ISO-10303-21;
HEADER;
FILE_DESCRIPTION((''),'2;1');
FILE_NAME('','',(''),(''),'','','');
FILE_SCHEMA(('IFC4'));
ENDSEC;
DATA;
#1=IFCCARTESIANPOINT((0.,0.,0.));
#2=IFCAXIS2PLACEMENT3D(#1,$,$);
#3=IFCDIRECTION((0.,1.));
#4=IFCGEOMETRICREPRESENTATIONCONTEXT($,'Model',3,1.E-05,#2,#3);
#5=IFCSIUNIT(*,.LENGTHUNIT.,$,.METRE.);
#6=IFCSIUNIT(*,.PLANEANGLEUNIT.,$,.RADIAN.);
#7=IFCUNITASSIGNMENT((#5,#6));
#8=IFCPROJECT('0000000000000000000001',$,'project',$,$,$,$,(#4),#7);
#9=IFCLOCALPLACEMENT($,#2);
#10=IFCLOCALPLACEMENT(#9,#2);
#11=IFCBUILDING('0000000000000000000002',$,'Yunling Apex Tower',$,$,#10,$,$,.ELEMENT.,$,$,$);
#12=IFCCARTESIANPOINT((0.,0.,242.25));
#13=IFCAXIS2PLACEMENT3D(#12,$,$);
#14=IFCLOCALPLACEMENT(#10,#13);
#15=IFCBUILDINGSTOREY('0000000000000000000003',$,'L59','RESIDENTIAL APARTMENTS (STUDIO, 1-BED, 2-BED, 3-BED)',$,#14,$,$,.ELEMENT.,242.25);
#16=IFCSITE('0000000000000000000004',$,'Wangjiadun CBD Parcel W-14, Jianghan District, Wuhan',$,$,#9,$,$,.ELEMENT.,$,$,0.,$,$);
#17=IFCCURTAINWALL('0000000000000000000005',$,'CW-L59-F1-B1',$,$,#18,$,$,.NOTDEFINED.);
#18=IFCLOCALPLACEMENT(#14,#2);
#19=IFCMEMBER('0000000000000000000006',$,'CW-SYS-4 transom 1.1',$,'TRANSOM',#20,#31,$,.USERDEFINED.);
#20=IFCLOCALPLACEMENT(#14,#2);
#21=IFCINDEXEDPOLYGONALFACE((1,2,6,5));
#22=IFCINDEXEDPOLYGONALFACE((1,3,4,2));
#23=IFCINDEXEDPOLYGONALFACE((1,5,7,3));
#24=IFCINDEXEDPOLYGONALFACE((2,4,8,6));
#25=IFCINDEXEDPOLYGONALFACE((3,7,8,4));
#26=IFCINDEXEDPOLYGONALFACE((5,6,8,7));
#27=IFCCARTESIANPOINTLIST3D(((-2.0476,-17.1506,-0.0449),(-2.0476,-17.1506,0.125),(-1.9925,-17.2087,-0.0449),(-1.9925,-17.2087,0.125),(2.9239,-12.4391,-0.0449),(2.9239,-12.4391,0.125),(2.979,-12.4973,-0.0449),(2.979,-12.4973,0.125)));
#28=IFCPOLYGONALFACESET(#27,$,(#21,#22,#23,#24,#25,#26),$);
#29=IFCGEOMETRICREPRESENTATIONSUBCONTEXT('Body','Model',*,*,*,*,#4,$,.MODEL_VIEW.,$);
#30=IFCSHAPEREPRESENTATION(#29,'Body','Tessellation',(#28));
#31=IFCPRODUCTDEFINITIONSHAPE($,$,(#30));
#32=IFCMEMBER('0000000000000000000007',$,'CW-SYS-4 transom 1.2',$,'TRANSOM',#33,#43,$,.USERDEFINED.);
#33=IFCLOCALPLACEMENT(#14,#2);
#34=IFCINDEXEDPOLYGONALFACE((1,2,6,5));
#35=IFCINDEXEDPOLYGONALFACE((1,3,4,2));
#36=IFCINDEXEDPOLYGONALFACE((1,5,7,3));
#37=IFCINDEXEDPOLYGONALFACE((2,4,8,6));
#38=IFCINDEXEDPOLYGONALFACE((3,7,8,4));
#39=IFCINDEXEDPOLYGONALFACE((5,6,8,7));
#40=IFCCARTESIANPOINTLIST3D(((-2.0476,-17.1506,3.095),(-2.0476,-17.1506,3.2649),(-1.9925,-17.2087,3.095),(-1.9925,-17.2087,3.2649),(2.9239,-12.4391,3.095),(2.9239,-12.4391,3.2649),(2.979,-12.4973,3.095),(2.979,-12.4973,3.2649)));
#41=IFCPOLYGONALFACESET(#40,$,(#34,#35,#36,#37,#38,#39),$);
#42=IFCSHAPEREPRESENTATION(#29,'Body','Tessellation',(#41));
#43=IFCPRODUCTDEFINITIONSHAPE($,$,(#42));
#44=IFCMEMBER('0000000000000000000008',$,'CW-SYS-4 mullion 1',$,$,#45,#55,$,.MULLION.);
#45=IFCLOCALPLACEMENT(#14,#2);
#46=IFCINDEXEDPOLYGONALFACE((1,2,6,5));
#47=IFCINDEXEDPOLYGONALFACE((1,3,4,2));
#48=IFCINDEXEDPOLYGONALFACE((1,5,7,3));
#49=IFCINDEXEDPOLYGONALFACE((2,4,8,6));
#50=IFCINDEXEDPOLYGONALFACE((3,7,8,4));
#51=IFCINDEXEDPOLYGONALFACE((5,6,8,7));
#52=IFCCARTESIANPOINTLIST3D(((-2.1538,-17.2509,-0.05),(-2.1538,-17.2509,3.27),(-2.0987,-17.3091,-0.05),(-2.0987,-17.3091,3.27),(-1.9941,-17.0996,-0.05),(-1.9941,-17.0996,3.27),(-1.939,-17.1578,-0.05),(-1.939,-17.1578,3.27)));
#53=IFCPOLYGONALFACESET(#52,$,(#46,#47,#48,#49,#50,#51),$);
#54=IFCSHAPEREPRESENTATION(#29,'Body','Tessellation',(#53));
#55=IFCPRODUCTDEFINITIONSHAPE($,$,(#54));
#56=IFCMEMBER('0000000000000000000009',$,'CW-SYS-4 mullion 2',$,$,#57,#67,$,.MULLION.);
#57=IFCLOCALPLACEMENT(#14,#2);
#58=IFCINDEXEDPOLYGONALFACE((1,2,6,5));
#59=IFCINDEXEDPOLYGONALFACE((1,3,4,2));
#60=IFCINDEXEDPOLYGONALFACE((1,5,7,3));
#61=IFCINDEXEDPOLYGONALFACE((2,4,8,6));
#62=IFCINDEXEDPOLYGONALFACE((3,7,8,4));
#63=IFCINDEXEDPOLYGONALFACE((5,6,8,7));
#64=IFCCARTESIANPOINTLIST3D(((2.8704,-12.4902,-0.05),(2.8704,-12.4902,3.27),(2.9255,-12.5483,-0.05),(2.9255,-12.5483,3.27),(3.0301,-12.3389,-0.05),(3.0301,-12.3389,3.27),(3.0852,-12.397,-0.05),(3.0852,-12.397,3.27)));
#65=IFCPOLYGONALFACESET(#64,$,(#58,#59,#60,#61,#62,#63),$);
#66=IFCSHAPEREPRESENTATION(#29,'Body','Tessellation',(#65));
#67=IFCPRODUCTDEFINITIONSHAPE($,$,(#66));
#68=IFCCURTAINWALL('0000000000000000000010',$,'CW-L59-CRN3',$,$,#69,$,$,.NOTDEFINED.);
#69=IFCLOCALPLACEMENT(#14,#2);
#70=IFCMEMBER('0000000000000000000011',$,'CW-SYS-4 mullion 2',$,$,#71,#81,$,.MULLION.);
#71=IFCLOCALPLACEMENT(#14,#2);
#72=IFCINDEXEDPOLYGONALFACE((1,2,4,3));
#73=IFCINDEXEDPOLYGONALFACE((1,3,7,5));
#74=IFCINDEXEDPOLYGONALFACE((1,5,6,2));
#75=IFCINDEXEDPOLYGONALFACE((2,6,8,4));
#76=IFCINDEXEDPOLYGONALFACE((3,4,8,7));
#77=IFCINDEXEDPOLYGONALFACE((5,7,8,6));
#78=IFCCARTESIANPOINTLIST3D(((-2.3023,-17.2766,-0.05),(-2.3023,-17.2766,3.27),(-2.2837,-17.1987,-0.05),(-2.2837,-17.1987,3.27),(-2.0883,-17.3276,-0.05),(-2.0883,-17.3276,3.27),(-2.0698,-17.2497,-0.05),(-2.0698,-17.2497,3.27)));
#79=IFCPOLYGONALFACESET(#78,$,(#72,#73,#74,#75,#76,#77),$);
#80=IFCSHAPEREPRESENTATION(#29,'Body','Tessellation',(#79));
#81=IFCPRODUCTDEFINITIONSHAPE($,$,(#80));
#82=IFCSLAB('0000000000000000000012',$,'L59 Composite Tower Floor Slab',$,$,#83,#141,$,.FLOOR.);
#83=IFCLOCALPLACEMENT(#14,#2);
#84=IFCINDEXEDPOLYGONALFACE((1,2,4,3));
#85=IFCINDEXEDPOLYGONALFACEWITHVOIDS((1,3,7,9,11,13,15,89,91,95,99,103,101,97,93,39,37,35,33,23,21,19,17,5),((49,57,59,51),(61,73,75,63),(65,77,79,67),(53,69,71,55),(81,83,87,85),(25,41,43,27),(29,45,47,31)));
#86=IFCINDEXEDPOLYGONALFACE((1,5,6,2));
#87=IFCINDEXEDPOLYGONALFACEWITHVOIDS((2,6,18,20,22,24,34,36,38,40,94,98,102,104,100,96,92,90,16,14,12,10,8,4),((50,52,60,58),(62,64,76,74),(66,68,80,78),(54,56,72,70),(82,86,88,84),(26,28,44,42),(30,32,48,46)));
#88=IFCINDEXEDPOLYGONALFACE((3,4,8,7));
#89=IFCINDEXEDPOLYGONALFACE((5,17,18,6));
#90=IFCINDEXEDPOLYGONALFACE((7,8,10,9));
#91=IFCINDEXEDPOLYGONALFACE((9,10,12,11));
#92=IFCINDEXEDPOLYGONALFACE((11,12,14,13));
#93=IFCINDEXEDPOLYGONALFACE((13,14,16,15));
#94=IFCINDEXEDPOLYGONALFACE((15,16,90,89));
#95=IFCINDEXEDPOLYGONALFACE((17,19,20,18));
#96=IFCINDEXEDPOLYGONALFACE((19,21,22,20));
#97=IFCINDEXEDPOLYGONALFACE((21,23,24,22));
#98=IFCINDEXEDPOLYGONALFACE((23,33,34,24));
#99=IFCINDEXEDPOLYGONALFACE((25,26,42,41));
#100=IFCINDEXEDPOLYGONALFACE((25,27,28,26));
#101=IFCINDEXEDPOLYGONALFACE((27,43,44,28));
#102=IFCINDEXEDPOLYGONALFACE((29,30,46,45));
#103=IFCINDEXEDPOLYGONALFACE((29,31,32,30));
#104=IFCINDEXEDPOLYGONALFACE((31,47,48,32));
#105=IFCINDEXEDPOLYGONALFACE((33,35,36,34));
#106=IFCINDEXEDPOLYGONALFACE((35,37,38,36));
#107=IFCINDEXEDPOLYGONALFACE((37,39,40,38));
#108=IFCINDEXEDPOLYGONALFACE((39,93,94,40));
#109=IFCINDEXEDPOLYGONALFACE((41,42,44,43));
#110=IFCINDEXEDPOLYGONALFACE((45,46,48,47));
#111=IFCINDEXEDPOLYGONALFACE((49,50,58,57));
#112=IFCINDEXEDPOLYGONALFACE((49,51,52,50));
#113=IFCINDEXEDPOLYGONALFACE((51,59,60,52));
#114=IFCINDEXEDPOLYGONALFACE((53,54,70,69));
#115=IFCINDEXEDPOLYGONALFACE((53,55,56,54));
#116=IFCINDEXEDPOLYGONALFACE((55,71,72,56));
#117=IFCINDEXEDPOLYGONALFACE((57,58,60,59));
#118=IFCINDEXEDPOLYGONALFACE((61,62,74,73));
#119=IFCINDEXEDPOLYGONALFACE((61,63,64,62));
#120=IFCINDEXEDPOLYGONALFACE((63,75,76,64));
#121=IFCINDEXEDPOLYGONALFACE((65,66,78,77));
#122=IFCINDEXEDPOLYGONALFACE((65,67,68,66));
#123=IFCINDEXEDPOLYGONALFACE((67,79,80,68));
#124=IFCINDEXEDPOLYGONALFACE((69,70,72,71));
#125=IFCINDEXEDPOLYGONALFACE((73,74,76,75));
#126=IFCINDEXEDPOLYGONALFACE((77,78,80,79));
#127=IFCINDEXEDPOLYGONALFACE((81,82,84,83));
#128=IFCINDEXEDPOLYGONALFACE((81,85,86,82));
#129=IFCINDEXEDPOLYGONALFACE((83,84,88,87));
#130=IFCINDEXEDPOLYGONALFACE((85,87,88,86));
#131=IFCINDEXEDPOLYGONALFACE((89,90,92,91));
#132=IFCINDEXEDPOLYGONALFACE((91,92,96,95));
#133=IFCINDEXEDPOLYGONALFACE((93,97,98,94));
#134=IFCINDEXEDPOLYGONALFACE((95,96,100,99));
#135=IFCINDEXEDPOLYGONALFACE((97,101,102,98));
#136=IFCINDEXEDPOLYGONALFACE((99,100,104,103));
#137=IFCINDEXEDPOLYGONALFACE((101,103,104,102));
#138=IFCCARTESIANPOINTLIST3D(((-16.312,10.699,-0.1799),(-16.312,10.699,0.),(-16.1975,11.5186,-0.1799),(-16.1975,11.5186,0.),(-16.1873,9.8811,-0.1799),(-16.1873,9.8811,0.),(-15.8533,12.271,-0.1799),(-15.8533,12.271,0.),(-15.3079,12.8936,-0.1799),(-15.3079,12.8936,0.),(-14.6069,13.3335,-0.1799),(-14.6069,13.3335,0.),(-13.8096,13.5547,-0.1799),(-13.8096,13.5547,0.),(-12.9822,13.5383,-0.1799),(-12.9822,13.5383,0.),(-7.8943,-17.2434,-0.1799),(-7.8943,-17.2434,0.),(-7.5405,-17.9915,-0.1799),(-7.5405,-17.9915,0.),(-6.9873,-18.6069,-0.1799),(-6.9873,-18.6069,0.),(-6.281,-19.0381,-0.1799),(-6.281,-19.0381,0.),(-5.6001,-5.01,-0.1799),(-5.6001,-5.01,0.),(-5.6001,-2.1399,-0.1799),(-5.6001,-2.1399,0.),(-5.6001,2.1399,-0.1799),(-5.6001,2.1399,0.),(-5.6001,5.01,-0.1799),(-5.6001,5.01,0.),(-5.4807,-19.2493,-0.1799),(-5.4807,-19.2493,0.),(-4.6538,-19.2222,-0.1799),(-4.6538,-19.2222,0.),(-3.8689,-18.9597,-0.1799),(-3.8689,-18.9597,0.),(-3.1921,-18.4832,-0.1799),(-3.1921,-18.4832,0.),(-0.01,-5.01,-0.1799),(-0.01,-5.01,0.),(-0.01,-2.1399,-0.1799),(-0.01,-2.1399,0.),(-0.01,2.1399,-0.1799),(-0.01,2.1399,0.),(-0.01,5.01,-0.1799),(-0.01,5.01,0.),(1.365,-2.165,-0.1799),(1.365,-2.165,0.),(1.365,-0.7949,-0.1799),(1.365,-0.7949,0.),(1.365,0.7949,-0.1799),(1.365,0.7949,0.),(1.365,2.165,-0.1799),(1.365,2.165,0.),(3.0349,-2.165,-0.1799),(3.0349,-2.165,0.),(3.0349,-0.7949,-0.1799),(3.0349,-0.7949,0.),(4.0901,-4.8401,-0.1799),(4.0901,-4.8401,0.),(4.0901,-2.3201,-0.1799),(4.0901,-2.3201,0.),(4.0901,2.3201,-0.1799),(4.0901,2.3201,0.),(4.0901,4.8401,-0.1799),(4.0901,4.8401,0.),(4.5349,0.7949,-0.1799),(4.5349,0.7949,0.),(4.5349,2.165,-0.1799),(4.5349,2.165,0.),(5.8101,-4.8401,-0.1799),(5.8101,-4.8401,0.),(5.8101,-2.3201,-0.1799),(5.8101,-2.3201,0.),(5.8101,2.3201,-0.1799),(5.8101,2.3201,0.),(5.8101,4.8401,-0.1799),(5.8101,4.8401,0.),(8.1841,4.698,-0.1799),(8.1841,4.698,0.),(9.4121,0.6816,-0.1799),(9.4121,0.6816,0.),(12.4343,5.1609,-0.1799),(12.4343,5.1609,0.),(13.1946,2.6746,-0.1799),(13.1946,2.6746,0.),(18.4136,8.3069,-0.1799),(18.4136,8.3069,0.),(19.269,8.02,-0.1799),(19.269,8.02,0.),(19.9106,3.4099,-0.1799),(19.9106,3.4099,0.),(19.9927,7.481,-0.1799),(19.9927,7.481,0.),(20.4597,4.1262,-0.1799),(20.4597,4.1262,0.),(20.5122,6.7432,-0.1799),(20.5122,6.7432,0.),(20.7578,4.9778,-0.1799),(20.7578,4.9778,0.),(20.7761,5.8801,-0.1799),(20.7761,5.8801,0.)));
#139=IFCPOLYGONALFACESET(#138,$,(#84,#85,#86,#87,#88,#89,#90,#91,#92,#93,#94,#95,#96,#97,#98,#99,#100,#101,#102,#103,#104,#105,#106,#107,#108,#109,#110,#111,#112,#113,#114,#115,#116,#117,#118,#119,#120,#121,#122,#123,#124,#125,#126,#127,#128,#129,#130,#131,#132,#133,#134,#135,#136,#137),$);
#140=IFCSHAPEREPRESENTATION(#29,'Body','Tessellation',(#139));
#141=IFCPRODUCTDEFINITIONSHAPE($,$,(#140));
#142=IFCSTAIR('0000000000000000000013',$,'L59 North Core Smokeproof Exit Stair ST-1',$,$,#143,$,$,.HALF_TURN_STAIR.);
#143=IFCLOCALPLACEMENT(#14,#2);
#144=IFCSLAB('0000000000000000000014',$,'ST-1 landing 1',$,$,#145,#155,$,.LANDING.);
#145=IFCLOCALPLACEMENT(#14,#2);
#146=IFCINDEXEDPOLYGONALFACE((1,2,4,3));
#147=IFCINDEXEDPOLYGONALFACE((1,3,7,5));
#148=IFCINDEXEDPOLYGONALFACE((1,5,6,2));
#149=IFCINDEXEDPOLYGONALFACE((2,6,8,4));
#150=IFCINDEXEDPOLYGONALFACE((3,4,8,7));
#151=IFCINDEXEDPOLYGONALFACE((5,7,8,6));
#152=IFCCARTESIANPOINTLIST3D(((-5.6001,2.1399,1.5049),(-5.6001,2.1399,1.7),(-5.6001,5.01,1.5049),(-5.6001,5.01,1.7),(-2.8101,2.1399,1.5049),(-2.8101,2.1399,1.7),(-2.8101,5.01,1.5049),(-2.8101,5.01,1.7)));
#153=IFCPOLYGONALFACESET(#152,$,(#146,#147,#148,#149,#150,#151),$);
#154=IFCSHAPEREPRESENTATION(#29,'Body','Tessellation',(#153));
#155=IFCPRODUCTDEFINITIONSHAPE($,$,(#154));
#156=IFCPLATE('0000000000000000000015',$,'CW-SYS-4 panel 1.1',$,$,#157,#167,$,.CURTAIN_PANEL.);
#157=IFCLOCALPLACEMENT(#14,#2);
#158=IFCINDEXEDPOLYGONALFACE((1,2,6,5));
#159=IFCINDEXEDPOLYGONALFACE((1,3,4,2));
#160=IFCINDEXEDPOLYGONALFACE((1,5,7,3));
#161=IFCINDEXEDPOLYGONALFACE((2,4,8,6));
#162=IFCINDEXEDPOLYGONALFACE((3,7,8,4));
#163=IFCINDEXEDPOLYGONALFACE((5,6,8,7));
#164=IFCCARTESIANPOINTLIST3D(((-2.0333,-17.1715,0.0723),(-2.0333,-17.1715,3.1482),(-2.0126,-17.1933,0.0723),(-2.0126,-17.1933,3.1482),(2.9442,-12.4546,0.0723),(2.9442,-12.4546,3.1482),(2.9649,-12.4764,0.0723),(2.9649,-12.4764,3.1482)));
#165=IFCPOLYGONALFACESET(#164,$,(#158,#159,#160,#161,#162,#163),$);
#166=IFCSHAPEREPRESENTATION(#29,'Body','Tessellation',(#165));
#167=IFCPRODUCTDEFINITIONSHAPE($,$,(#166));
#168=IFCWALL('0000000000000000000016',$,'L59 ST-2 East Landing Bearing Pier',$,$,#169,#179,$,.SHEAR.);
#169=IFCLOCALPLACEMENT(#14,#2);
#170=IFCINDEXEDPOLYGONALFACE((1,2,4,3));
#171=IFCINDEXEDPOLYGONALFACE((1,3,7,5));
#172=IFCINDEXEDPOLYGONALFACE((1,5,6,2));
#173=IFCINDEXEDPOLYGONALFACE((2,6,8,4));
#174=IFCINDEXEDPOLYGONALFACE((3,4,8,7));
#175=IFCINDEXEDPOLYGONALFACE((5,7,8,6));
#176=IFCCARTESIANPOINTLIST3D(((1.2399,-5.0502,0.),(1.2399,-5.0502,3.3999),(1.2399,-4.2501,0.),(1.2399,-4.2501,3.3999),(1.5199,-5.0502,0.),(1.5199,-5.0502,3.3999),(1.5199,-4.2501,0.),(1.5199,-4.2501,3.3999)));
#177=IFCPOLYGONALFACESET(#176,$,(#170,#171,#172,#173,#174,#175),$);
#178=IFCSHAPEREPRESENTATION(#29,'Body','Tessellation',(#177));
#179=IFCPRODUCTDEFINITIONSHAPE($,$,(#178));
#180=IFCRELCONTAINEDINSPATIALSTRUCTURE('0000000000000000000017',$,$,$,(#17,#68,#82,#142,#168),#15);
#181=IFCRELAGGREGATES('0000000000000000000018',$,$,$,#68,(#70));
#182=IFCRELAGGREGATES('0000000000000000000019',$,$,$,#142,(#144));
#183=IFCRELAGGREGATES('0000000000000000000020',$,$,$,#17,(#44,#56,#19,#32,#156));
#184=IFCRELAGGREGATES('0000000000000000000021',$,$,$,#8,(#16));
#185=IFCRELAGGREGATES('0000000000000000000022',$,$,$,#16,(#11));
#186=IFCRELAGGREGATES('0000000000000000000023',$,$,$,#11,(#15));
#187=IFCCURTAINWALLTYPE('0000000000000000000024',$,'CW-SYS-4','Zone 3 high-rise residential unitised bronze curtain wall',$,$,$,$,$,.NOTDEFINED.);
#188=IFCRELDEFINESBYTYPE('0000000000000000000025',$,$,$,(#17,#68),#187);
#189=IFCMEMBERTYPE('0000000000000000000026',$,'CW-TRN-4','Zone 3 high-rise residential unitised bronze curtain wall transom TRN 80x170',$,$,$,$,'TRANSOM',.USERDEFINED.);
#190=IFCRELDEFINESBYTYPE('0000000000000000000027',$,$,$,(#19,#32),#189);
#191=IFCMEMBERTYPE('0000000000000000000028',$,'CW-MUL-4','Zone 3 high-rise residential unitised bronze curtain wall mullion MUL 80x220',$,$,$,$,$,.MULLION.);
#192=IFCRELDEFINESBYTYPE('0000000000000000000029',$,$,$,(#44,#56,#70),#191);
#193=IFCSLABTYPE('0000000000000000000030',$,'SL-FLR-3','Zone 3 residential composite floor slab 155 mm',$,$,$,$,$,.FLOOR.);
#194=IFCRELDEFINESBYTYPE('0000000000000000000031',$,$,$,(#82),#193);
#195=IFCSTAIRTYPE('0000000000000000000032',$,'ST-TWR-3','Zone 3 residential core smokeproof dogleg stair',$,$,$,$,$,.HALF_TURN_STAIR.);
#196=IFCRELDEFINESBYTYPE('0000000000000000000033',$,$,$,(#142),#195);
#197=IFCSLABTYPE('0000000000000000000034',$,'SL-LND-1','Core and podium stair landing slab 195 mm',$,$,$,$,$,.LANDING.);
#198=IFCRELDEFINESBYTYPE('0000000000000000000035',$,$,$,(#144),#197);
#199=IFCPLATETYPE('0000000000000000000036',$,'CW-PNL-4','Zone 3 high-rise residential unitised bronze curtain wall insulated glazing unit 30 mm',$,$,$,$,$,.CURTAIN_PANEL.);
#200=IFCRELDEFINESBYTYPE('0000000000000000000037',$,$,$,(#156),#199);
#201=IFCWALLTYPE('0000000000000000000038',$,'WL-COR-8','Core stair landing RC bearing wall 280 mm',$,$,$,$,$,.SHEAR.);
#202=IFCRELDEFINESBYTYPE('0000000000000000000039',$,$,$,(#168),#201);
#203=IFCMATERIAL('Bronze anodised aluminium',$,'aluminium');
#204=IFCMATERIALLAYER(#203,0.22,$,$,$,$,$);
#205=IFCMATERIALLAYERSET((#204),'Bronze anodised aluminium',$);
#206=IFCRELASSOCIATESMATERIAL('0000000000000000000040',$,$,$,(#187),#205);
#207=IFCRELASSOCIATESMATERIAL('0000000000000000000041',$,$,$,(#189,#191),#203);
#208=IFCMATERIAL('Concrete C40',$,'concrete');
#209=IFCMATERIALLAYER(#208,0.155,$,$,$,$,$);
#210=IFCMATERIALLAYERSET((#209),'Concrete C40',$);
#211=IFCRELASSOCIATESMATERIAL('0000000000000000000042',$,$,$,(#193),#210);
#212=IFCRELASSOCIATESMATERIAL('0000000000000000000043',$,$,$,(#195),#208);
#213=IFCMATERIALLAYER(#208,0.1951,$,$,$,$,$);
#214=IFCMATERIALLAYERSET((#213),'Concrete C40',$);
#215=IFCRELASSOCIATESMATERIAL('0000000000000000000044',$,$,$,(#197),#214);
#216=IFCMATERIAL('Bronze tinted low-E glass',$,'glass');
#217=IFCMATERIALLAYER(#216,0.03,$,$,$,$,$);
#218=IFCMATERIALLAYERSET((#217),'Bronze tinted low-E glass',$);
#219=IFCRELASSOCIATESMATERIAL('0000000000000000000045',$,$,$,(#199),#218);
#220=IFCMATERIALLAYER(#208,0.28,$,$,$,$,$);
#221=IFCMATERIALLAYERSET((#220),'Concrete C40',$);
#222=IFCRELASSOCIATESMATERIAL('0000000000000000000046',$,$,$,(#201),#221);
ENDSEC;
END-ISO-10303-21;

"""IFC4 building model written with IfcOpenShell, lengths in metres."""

from ifc_helpers import new_model, si_unit, direction, frame, frame_2d, origin, origin_2d, place, context, subcontext, project, spatial, polyline, rectangle, outline, extrude, source, transform, mapped, material, layer, layer_set, material_profile, profile_set, type_object, element, aggregate, save


model = new_model("IFC4")

# Units and contexts
model_context = context("Model", 3, precision=1e-05, world=origin(), true_north=direction((0.0, 1.0)))
body_context = subcontext(model_context, "Body", "Model", "MODEL_VIEW")
ifc_project = project(units=[si_unit("LENGTHUNIT", "METRE"), si_unit("PLANEANGLEUNIT", "RADIAN")], contexts=[model_context])

# Site, building, storey
site_placement = place(None, origin())
site = spatial("IfcSite", under=ifc_project, at=site_placement, Name="Wangjiadun CBD Parcel W-14, Jianghan District, Wuhan", CompositionType="ELEMENT", RefElevation=0.0)
building_placement = place(site_placement, origin())
building = spatial("IfcBuilding", under=site, at=building_placement, Name="Yunling Apex Tower", CompositionType="ELEMENT")
storey_placement = place(building_placement, frame((0.0, 0.0, 242.25)))
storey = spatial("IfcBuildingStorey", under=building, at=storey_placement, Name="L59", Description="RESIDENTIAL APARTMENTS (STUDIO, 1-BED, 2-BED, 3-BED)", CompositionType="ELEMENT", Elevation=242.25)

# Curtain wall, members
ifc_material_1 = material(Name="Bronze anodised aluminium", Category="aluminium")
ifc_layer_1 = layer(ifc_material_1, 0.22)
ifc_layer_set_1 = layer_set([ifc_layer_1], Name="Bronze anodised aluminium")
curtain_wall_type = type_object("IfcCurtainWallType", Name="CW-SYS-4", Description="Zone 3 high-rise residential unitised bronze curtain wall", PredefinedType="NOTDEFINED", material=ifc_layer_set_1)
curtain_wall_1_placement = place(storey_placement, origin())
curtain_wall_1 = element("IfcCurtainWall", 1, at=curtain_wall_1_placement, inside=storey, type_object=curtain_wall_type, Name="CW-L59-F1-B1", PredefinedType="NOTDEFINED")
ifc_material_profile_1 = material_profile(ifc_material_1, rectangle(XDim=0.0801, YDim=0.1699, at=origin_2d()))
ifc_profile_set_1 = profile_set([ifc_material_profile_1], Name="Bronze anodised aluminium")
member_type_1 = type_object("IfcMemberType", Name="CW-TRN-4", Description="Zone 3 high-rise residential unitised bronze curtain wall transom TRN 80x170", ElementType="TRANSOM", PredefinedType="USERDEFINED", material=ifc_profile_set_1)
shared_shape_1 = source(origin(), body_context, "Body", "SweptSolid", [
    extrude(rectangle(XDim=0.0801, YDim=0.1699, at=origin_2d()), origin(), (0.0, 0.0, 1.0), 6.8494),
])
member_1_placement = place(storey_placement, frame((-2.02, -17.1797, 0.04), z_axis=(0.725833, 0.687871, 0.0), x_axis=(-0.687871, 0.725833, 0.0)))
member_1 = element("IfcMember", 2, at=member_1_placement, type_object=member_type_1, Name="CW-SYS-4 transom 1.1", ObjectType="TRANSOM", PredefinedType="USERDEFINED", context=body_context, shape_type="MappedRepresentation", body=[
    mapped(shared_shape_1, transform((0.0, 0.0, 0.0), scale=1.0)),
])
member_2_placement = place(storey_placement, frame((-2.02, -17.1797, 3.1799), z_axis=(0.725833, 0.687871, 0.0), x_axis=(-0.687871, 0.725833, 0.0)))
member_2 = element("IfcMember", 3, at=member_2_placement, type_object=member_type_1, Name="CW-SYS-4 transom 1.2", ObjectType="TRANSOM", PredefinedType="USERDEFINED", context=body_context, shape_type="MappedRepresentation", body=[
    mapped(shared_shape_1, transform((0.0, 0.0, 0.0), scale=1.0)),
])
ifc_material_profile_2 = material_profile(ifc_material_1, rectangle(XDim=0.0801, YDim=0.22, at=origin_2d()))
ifc_profile_set_2 = profile_set([ifc_material_profile_2], Name="Bronze anodised aluminium")
member_type_2 = type_object("IfcMemberType", Name="CW-MUL-4", Description="Zone 3 high-rise residential unitised bronze curtain wall mullion MUL 80x220", PredefinedType="MULLION", material=ifc_profile_set_2)
shared_shape_2 = source(origin(), body_context, "Body", "SweptSolid", [
    extrude(rectangle(XDim=0.0801, YDim=0.22, at=origin_2d()), origin(), (0.0, 0.0, 1.0), 3.3201),
])
member_3_placement = place(storey_placement, frame((-2.0464, -17.2043, -0.05), z_axis=(0.0, 0.0, 1.0), x_axis=(-0.687848, 0.725855, 0.0)))
member_3 = element("IfcMember", 4, at=member_3_placement, type_object=member_type_2, Name="CW-SYS-4 mullion 1", PredefinedType="MULLION", context=body_context, shape_type="MappedRepresentation", body=[
    mapped(shared_shape_2, transform((0.0, 0.0, 0.0), scale=1.0)),
])
member_4_placement = place(storey_placement, frame((2.9778, -12.4436, -0.05), z_axis=(0.0, 0.0, 1.0), x_axis=(-0.687848, 0.725855, 0.0)))
member_4 = element("IfcMember", 5, at=member_4_placement, type_object=member_type_2, Name="CW-SYS-4 mullion 2", PredefinedType="MULLION", context=body_context, shape_type="MappedRepresentation", body=[
    mapped(shared_shape_2, transform((0.0, 0.0, 0.0), scale=1.0)),
])

# Curtain wall, member
curtain_wall_2_placement = place(storey_placement, origin())
curtain_wall_2 = element("IfcCurtainWall", 6, at=curtain_wall_2_placement, inside=storey, type_object=curtain_wall_type, Name="CW-L59-CRN3", PredefinedType="NOTDEFINED")
member_5_placement = place(storey_placement, frame((-2.186, -17.2632, -0.05), z_axis=(0.0, 0.0, 1.0), x_axis=(0.231809, 0.972761, 0.0)))
member_5 = element("IfcMember", 7, at=member_5_placement, type_object=member_type_2, Name="CW-SYS-4 mullion 2", PredefinedType="MULLION", context=body_context, shape_type="MappedRepresentation", body=[
    mapped(shared_shape_2, transform((0.0, 0.0, 0.0), scale=1.0)),
])
aggregate(curtain_wall_2, [member_5])

# Slab
ifc_material_2 = material(Name="Concrete C40", Category="concrete")
ifc_layer_2 = layer(ifc_material_2, 0.155)
ifc_layer_set_2 = layer_set([ifc_layer_2], Name="Concrete C40")
slab_type_1 = type_object("IfcSlabType", Name="SL-FLR-3", Description="Zone 3 residential composite floor slab 155 mm", PredefinedType="FLOOR", material=ifc_layer_set_2)
slab_1_placement = place(storey_placement, frame((0.0, 0.0, -0.1799)))
element("IfcSlab", 8, at=slab_1_placement, inside=storey, type_object=slab_type_1, Name="L59 Composite Tower Floor Slab", PredefinedType="FLOOR", context=body_context, shape_type="SweptSolid", body=[
    extrude(outline(polyline([(-7.8943, -17.2434), (-7.5405, -17.9915), (-6.9873, -18.6069), (-6.281, -19.0381), (-5.4807, -19.2493), (-4.6538, -19.2222), (-3.8689, -18.9597), (-3.1921, -18.4832), (19.9106, 3.4099), (20.4597, 4.1262), (20.7578, 4.9778), (20.7761, 5.8801), (20.5122, 6.7432), (19.9927, 7.481), (19.269, 8.02), (18.4136, 8.3069), (-12.9822, 13.5383), (-13.8096, 13.5547), (-14.6069, 13.3335), (-15.3079, 12.8936), (-15.8533, 12.271), (-16.1975, 11.5186), (-16.312, 10.699), (-16.1873, 9.8811), (-7.8943, -17.2434)]), holes=[polyline([(8.1841, 4.698), (12.4343, 5.1609), (13.1946, 2.6746), (9.4121, 0.6816), (8.1841, 4.698)]), polyline([(4.0901, -2.3201), (5.8101, -2.3201), (5.8101, -4.8401), (4.0901, -4.8401), (4.0901, -2.3201)]), polyline([(4.0901, 4.8401), (5.8101, 4.8401), (5.8101, 2.3201), (4.0901, 2.3201), (4.0901, 4.8401)]), polyline([(1.365, 0.7949), (1.365, 2.165), (4.5349, 2.165), (4.5349, 0.7949), (1.365, 0.7949)]), polyline([(1.365, -0.7949), (3.0349, -0.7949), (3.0349, -2.165), (1.365, -2.165), (1.365, -0.7949)]), polyline([(-0.01, -5.01), (-5.6001, -5.01), (-5.6001, -2.1399), (-0.01, -2.1399), (-0.01, -5.01)]), polyline([(-0.01, 2.1399), (-5.6001, 2.1399), (-5.6001, 5.01), (-0.01, 5.01), (-0.01, 2.1399)])]), origin(), (0.0, 0.0, 1.0), 0.1799),
])

# Stair, slab
stair_type = type_object("IfcStairType", Name="ST-TWR-3", Description="Zone 3 residential core smokeproof dogleg stair", PredefinedType="HALF_TURN_STAIR", material=ifc_material_2)
stair_1_placement = place(storey_placement, origin())
stair_1 = element("IfcStair", 9, at=stair_1_placement, inside=storey, type_object=stair_type, Name="L59 North Core Smokeproof Exit Stair ST-1", PredefinedType="HALF_TURN_STAIR")
ifc_layer_3 = layer(ifc_material_2, 0.1951)
ifc_layer_set_3 = layer_set([ifc_layer_3], Name="Concrete C40")
slab_type_2 = type_object("IfcSlabType", Name="SL-LND-1", Description="Core and podium stair landing slab 195 mm", PredefinedType="LANDING", material=ifc_layer_set_3)
slab_2_placement = place(storey_placement, frame((0.0, 0.0, 1.5049)))
slab_2 = element("IfcSlab", 10, at=slab_2_placement, type_object=slab_type_2, Name="ST-1 landing 1", PredefinedType="LANDING", context=body_context, shape_type="SweptSolid", body=[
    extrude(outline(polyline([(-2.8101, 5.01), (-5.6001, 5.01), (-5.6001, 2.1399), (-2.8101, 2.1399), (-2.8101, 5.01)])), origin(), (0.0, 0.0, 1.0), 0.1951),
])
aggregate(stair_1, [slab_2])

# Plate
ifc_material_3 = material(Name="Bronze tinted low-E glass", Category="glass")
ifc_layer_4 = layer(ifc_material_3, 0.03)
ifc_layer_set_4 = layer_set([ifc_layer_4], Name="Bronze tinted low-E glass")
plate_type = type_object("IfcPlateType", Name="CW-PNL-4", Description="Zone 3 high-rise residential unitised bronze curtain wall insulated glazing unit 30 mm", PredefinedType="CURTAIN_PANEL", material=ifc_layer_set_4)
shared_shape_3 = source(origin(), body_context, "Body", "SweptSolid", [
    extrude(rectangle(XDim=6.8574, YDim=0.03, at=origin_2d()), origin(), (0.0, 0.0, 1.0), 3.0759),
])
plate_placement = place(storey_placement, frame((0.4658, -14.824, 0.0723), z_axis=(0.0, 0.0, 1.0), x_axis=(0.725855, 0.687848, 0.0)))
plate = element("IfcPlate", 11, at=plate_placement, type_object=plate_type, Name="CW-SYS-4 panel 1.1", PredefinedType="CURTAIN_PANEL", context=body_context, shape_type="MappedRepresentation", body=[
    mapped(shared_shape_3, transform((0.0, 0.0, 0.0), scale=1.0)),
])
aggregate(curtain_wall_1, [member_3, member_4, member_1, member_2, plate])

# Wall
ifc_layer_5 = layer(ifc_material_2, 0.28)
ifc_layer_set_5 = layer_set([ifc_layer_5], Name="Concrete C40")
wall_type_1 = type_object("IfcWallType", Name="WL-COR-8", Description="Core stair landing RC bearing wall 280 mm", PredefinedType="SHEAR", material=ifc_layer_set_5)
wall_1_placement = place(storey_placement, frame((1.3799, -5.05, 0.0), z_axis=(0.0, 0.0, 1.0), x_axis=(0.0, 1.0, 0.0)))
element("IfcWall", 12, at=wall_1_placement, inside=storey, type_object=wall_type_1, Name="L59 ST-2 East Landing Bearing Pier", PredefinedType="SHEAR", context=body_context, shape_type="SweptSolid", body=[
    extrude(rectangle(XDim=0.8, YDim=0.28, at=frame_2d((0.3999, 0.0))), origin(), (0.0, 0.0, 1.0), 3.3999),
])

save(model, "model.ifc")
